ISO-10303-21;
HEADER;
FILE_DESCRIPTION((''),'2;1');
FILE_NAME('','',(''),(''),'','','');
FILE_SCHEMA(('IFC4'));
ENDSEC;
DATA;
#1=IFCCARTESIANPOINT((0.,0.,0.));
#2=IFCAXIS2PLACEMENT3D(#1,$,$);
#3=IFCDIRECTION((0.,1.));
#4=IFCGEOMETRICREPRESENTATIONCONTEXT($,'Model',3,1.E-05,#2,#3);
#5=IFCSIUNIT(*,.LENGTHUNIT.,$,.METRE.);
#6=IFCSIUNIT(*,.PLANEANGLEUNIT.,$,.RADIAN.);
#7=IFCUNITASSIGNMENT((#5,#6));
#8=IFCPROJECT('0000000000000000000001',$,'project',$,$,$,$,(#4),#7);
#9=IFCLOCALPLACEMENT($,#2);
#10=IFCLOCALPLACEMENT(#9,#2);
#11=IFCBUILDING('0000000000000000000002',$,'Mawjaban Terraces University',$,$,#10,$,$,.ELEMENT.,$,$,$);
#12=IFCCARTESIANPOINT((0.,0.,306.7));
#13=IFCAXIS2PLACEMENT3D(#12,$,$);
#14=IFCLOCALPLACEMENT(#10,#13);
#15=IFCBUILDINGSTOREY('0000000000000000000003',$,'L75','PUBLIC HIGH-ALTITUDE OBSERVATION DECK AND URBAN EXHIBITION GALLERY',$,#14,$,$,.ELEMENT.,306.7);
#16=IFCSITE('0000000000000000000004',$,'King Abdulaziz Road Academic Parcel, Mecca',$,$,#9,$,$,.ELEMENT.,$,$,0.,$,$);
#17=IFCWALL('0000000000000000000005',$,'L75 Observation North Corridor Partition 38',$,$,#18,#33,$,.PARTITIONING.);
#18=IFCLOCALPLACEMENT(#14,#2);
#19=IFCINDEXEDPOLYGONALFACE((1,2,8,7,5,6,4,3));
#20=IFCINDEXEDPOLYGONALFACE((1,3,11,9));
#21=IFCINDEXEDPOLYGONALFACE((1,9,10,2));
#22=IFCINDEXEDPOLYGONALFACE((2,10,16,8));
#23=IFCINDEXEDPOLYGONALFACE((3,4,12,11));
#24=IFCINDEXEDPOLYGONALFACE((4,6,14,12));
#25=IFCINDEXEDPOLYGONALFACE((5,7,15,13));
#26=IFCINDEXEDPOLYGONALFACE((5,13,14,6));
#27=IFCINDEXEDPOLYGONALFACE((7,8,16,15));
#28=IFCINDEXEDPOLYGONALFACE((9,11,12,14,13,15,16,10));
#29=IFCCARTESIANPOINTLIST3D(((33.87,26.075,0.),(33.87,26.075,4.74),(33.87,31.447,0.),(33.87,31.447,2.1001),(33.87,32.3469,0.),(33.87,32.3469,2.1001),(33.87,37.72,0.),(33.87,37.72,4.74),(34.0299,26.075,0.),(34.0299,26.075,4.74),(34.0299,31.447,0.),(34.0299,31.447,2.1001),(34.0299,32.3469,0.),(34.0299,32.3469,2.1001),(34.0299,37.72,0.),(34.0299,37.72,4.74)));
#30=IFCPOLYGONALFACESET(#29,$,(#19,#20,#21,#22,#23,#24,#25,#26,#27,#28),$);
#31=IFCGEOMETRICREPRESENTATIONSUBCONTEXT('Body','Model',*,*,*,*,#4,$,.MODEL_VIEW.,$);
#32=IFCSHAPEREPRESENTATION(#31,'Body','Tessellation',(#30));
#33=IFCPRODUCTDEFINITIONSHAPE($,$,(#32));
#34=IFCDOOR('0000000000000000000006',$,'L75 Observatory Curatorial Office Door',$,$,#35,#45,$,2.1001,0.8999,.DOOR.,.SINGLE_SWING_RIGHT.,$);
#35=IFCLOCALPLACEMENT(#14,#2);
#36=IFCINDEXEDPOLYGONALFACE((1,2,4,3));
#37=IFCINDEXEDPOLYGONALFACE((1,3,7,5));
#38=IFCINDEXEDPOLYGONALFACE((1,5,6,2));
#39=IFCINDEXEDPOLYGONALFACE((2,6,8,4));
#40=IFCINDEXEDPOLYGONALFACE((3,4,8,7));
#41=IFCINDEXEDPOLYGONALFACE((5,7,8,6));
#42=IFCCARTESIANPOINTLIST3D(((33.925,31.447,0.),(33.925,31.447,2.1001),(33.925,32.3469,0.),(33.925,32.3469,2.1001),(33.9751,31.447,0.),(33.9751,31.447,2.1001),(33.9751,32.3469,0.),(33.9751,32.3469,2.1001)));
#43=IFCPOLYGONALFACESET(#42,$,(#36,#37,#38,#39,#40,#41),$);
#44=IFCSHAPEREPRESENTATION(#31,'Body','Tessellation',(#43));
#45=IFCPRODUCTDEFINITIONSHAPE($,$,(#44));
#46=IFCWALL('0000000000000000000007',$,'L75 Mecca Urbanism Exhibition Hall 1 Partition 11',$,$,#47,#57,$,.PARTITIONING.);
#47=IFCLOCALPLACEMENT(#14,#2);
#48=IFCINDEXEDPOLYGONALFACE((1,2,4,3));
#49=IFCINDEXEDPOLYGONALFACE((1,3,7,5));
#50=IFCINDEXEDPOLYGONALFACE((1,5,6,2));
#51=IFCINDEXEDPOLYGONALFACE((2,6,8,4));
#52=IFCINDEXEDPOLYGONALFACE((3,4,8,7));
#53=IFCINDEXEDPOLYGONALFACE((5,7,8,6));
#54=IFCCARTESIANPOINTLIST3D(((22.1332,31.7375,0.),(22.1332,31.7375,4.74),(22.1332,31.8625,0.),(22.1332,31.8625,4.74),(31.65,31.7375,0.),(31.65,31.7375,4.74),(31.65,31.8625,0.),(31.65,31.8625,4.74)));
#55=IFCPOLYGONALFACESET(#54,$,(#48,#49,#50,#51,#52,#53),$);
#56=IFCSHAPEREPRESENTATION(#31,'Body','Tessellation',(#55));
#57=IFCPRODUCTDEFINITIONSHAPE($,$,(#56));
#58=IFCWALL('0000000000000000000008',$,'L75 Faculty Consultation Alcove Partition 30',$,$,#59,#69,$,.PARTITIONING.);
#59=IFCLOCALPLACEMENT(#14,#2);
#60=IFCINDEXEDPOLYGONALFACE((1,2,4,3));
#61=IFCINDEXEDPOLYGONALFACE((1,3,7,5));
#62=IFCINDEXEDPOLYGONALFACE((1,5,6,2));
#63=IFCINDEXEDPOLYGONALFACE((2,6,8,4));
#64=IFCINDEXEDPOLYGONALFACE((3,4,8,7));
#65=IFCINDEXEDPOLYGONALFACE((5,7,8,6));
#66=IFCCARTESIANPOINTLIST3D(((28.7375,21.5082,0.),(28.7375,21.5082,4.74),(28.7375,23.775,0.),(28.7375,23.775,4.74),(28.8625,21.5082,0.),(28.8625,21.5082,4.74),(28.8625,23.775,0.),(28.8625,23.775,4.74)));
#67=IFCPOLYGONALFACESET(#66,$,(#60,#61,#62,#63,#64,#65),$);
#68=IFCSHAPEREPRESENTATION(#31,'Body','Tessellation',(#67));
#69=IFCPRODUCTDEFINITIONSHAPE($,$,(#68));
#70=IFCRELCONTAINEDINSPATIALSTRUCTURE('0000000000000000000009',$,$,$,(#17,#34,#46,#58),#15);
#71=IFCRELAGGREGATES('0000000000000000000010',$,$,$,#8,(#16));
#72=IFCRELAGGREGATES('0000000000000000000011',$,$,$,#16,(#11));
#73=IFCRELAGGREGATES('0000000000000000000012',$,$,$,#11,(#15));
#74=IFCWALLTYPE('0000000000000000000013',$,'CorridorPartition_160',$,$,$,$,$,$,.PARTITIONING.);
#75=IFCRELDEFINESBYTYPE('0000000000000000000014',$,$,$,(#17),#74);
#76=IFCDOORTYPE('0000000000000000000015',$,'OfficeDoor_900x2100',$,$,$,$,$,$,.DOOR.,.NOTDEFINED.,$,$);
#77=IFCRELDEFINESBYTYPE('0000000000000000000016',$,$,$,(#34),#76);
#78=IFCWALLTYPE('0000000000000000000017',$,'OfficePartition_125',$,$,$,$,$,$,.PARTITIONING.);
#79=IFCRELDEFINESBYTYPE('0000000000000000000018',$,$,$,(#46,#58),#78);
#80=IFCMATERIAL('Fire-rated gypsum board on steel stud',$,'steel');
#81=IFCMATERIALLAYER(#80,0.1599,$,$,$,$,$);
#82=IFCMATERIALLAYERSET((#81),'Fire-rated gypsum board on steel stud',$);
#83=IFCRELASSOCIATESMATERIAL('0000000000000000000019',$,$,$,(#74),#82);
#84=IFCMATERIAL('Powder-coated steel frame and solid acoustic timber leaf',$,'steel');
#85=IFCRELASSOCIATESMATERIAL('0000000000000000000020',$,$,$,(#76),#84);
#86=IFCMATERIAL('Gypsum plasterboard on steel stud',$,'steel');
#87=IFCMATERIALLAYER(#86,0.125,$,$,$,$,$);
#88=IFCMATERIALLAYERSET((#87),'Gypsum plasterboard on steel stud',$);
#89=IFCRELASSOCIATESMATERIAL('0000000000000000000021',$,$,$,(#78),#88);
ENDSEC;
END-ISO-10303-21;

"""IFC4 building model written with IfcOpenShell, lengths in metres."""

from ifc_helpers import new_model, si_unit, direction, frame, frame_2d, origin, place, context, subcontext, project, spatial, rectangle, extrude, material, layer, layer_set, type_object, element, fill, save


model = new_model("IFC4")

# Units and contexts
model_context = context("Model", 3, precision=1e-05, world=origin(), true_north=direction((0.0, 1.0)))
body_context = subcontext(model_context, "Body", "Model", "MODEL_VIEW")
ifc_project = project(units=[si_unit("LENGTHUNIT", "METRE"), si_unit("PLANEANGLEUNIT", "RADIAN")], contexts=[model_context])

# Site, building, storey
site_placement = place(None, origin())
site = spatial("IfcSite", under=ifc_project, at=site_placement, Name="King Abdulaziz Road Academic Parcel, Mecca", CompositionType="ELEMENT", RefElevation=0.0)
building_placement = place(site_placement, origin())
building = spatial("IfcBuilding", under=site, at=building_placement, Name="Mawjaban Terraces University", CompositionType="ELEMENT")
storey_placement = place(building_placement, frame((0.0, 0.0, 306.7)))
storey = spatial("IfcBuildingStorey", under=building, at=storey_placement, Name="L75", Description="PUBLIC HIGH-ALTITUDE OBSERVATION DECK AND URBAN EXHIBITION GALLERY", CompositionType="ELEMENT", Elevation=306.7)

# Shared definitions
ifc_material_1 = material(Name="Fire-rated gypsum board on steel stud", Category="steel")
ifc_layer_1 = layer(ifc_material_1, 0.1599)
ifc_layer_set_1 = layer_set([ifc_layer_1], Name="Fire-rated gypsum board on steel stud")
wall_type_1 = type_object("IfcWallType", Name="CorridorPartition_160", PredefinedType="PARTITIONING", material=ifc_layer_set_1)
ifc_material_2 = material(Name="Powder-coated steel frame and solid acoustic timber leaf", Category="steel")
door_type = type_object("IfcDoorType", Name="OfficeDoor_900x2100", OperationType="NOTDEFINED", PredefinedType="DOOR", material=ifc_material_2)

# Wall, opening, door
wall_1_placement = place(storey_placement, frame((33.95, 26.075, 0.0), z_axis=(0.0, 0.0, 1.0), x_axis=(0.0, 1.0, 0.0)))
wall_1 = element("IfcWall", 1, at=wall_1_placement, inside=storey, type_object=wall_type_1, Name="L75 Observation North Corridor Partition 38", PredefinedType="PARTITIONING", context=body_context, shape_type="SweptSolid", body=[
    extrude(rectangle(XDim=11.645, YDim=0.1599, at=frame_2d((5.8225, 0.0))), origin(), (0.0, 0.0, 1.0), 4.74),
])
opening_1_placement = place(wall_1_placement, frame((5.3721, 0.0, 0.0)))
opening_1 = element("IfcOpeningElement", 2, at=opening_1_placement, cuts=wall_1, PredefinedType="OPENING", context=body_context, shape_type="SweptSolid", body=[
    extrude(rectangle(XDim=0.8999, YDim=2.1001, at=frame_2d((0.45, 1.05))), frame((0.0, 0.0898, 0.0), z_axis=(0.0, -1.0, 0.0), x_axis=(1.0, 0.0, 0.0)), (0.0, 0.0, 1.0), 0.1799),
])
door_1_placement = place(opening_1_placement, origin())
door_1 = element("IfcDoor", 3, at=door_1_placement, inside=storey, type_object=door_type, Name="L75 Observatory Curatorial Office Door", OperationType="SINGLE_SWING_RIGHT", OverallHeight=2.1001, OverallWidth=0.8999, PredefinedType="DOOR", context=body_context, shape_type="SweptSolid", body=[
    extrude(rectangle(XDim=0.8999, YDim=2.1001, at=frame_2d((0.45, 1.05))), frame((0.0, 0.0249, 0.0), z_axis=(0.0, -1.0, 0.0), x_axis=(1.0, 0.0, 0.0)), (0.0, 0.0, 1.0), 0.05),
])
fill(opening_1, door_1)

# Walls
ifc_material_3 = material(Name="Gypsum plasterboard on steel stud", Category="steel")
ifc_layer_2 = layer(ifc_material_3, 0.125)
ifc_layer_set_2 = layer_set([ifc_layer_2], Name="Gypsum plasterboard on steel stud")
wall_type_2 = type_object("IfcWallType", Name="OfficePartition_125", PredefinedType="PARTITIONING", material=ifc_layer_set_2)
wall_2_placement = place(storey_placement, frame((31.6499, 31.8, 0.0), z_axis=(0.0, 0.0, 1.0), x_axis=(-1.0, 0.0, 0.0)))
element("IfcWall", 4, at=wall_2_placement, inside=storey, type_object=wall_type_2, Name="L75 Mecca Urbanism Exhibition Hall 1 Partition 11", PredefinedType="PARTITIONING", context=body_context, shape_type="SweptSolid", body=[
    extrude(rectangle(XDim=9.5168, YDim=0.125, at=frame_2d((4.7583, 0.0))), origin(), (0.0, 0.0, 1.0), 4.74),
])
wall_3_placement = place(storey_placement, frame((28.8, 23.7749, 0.0), z_axis=(0.0, 0.0, 1.0), x_axis=(0.0, -1.0, 0.0)))
element("IfcWall", 5, at=wall_3_placement, inside=storey, type_object=wall_type_2, Name="L75 Faculty Consultation Alcove Partition 30", PredefinedType="PARTITIONING", context=body_context, shape_type="SweptSolid", body=[
    extrude(rectangle(XDim=2.2668, YDim=0.125, at=frame_2d((1.1333, 0.0))), origin(), (0.0, 0.0, 1.0), 4.74),
])

save(model, "model.ifc")
